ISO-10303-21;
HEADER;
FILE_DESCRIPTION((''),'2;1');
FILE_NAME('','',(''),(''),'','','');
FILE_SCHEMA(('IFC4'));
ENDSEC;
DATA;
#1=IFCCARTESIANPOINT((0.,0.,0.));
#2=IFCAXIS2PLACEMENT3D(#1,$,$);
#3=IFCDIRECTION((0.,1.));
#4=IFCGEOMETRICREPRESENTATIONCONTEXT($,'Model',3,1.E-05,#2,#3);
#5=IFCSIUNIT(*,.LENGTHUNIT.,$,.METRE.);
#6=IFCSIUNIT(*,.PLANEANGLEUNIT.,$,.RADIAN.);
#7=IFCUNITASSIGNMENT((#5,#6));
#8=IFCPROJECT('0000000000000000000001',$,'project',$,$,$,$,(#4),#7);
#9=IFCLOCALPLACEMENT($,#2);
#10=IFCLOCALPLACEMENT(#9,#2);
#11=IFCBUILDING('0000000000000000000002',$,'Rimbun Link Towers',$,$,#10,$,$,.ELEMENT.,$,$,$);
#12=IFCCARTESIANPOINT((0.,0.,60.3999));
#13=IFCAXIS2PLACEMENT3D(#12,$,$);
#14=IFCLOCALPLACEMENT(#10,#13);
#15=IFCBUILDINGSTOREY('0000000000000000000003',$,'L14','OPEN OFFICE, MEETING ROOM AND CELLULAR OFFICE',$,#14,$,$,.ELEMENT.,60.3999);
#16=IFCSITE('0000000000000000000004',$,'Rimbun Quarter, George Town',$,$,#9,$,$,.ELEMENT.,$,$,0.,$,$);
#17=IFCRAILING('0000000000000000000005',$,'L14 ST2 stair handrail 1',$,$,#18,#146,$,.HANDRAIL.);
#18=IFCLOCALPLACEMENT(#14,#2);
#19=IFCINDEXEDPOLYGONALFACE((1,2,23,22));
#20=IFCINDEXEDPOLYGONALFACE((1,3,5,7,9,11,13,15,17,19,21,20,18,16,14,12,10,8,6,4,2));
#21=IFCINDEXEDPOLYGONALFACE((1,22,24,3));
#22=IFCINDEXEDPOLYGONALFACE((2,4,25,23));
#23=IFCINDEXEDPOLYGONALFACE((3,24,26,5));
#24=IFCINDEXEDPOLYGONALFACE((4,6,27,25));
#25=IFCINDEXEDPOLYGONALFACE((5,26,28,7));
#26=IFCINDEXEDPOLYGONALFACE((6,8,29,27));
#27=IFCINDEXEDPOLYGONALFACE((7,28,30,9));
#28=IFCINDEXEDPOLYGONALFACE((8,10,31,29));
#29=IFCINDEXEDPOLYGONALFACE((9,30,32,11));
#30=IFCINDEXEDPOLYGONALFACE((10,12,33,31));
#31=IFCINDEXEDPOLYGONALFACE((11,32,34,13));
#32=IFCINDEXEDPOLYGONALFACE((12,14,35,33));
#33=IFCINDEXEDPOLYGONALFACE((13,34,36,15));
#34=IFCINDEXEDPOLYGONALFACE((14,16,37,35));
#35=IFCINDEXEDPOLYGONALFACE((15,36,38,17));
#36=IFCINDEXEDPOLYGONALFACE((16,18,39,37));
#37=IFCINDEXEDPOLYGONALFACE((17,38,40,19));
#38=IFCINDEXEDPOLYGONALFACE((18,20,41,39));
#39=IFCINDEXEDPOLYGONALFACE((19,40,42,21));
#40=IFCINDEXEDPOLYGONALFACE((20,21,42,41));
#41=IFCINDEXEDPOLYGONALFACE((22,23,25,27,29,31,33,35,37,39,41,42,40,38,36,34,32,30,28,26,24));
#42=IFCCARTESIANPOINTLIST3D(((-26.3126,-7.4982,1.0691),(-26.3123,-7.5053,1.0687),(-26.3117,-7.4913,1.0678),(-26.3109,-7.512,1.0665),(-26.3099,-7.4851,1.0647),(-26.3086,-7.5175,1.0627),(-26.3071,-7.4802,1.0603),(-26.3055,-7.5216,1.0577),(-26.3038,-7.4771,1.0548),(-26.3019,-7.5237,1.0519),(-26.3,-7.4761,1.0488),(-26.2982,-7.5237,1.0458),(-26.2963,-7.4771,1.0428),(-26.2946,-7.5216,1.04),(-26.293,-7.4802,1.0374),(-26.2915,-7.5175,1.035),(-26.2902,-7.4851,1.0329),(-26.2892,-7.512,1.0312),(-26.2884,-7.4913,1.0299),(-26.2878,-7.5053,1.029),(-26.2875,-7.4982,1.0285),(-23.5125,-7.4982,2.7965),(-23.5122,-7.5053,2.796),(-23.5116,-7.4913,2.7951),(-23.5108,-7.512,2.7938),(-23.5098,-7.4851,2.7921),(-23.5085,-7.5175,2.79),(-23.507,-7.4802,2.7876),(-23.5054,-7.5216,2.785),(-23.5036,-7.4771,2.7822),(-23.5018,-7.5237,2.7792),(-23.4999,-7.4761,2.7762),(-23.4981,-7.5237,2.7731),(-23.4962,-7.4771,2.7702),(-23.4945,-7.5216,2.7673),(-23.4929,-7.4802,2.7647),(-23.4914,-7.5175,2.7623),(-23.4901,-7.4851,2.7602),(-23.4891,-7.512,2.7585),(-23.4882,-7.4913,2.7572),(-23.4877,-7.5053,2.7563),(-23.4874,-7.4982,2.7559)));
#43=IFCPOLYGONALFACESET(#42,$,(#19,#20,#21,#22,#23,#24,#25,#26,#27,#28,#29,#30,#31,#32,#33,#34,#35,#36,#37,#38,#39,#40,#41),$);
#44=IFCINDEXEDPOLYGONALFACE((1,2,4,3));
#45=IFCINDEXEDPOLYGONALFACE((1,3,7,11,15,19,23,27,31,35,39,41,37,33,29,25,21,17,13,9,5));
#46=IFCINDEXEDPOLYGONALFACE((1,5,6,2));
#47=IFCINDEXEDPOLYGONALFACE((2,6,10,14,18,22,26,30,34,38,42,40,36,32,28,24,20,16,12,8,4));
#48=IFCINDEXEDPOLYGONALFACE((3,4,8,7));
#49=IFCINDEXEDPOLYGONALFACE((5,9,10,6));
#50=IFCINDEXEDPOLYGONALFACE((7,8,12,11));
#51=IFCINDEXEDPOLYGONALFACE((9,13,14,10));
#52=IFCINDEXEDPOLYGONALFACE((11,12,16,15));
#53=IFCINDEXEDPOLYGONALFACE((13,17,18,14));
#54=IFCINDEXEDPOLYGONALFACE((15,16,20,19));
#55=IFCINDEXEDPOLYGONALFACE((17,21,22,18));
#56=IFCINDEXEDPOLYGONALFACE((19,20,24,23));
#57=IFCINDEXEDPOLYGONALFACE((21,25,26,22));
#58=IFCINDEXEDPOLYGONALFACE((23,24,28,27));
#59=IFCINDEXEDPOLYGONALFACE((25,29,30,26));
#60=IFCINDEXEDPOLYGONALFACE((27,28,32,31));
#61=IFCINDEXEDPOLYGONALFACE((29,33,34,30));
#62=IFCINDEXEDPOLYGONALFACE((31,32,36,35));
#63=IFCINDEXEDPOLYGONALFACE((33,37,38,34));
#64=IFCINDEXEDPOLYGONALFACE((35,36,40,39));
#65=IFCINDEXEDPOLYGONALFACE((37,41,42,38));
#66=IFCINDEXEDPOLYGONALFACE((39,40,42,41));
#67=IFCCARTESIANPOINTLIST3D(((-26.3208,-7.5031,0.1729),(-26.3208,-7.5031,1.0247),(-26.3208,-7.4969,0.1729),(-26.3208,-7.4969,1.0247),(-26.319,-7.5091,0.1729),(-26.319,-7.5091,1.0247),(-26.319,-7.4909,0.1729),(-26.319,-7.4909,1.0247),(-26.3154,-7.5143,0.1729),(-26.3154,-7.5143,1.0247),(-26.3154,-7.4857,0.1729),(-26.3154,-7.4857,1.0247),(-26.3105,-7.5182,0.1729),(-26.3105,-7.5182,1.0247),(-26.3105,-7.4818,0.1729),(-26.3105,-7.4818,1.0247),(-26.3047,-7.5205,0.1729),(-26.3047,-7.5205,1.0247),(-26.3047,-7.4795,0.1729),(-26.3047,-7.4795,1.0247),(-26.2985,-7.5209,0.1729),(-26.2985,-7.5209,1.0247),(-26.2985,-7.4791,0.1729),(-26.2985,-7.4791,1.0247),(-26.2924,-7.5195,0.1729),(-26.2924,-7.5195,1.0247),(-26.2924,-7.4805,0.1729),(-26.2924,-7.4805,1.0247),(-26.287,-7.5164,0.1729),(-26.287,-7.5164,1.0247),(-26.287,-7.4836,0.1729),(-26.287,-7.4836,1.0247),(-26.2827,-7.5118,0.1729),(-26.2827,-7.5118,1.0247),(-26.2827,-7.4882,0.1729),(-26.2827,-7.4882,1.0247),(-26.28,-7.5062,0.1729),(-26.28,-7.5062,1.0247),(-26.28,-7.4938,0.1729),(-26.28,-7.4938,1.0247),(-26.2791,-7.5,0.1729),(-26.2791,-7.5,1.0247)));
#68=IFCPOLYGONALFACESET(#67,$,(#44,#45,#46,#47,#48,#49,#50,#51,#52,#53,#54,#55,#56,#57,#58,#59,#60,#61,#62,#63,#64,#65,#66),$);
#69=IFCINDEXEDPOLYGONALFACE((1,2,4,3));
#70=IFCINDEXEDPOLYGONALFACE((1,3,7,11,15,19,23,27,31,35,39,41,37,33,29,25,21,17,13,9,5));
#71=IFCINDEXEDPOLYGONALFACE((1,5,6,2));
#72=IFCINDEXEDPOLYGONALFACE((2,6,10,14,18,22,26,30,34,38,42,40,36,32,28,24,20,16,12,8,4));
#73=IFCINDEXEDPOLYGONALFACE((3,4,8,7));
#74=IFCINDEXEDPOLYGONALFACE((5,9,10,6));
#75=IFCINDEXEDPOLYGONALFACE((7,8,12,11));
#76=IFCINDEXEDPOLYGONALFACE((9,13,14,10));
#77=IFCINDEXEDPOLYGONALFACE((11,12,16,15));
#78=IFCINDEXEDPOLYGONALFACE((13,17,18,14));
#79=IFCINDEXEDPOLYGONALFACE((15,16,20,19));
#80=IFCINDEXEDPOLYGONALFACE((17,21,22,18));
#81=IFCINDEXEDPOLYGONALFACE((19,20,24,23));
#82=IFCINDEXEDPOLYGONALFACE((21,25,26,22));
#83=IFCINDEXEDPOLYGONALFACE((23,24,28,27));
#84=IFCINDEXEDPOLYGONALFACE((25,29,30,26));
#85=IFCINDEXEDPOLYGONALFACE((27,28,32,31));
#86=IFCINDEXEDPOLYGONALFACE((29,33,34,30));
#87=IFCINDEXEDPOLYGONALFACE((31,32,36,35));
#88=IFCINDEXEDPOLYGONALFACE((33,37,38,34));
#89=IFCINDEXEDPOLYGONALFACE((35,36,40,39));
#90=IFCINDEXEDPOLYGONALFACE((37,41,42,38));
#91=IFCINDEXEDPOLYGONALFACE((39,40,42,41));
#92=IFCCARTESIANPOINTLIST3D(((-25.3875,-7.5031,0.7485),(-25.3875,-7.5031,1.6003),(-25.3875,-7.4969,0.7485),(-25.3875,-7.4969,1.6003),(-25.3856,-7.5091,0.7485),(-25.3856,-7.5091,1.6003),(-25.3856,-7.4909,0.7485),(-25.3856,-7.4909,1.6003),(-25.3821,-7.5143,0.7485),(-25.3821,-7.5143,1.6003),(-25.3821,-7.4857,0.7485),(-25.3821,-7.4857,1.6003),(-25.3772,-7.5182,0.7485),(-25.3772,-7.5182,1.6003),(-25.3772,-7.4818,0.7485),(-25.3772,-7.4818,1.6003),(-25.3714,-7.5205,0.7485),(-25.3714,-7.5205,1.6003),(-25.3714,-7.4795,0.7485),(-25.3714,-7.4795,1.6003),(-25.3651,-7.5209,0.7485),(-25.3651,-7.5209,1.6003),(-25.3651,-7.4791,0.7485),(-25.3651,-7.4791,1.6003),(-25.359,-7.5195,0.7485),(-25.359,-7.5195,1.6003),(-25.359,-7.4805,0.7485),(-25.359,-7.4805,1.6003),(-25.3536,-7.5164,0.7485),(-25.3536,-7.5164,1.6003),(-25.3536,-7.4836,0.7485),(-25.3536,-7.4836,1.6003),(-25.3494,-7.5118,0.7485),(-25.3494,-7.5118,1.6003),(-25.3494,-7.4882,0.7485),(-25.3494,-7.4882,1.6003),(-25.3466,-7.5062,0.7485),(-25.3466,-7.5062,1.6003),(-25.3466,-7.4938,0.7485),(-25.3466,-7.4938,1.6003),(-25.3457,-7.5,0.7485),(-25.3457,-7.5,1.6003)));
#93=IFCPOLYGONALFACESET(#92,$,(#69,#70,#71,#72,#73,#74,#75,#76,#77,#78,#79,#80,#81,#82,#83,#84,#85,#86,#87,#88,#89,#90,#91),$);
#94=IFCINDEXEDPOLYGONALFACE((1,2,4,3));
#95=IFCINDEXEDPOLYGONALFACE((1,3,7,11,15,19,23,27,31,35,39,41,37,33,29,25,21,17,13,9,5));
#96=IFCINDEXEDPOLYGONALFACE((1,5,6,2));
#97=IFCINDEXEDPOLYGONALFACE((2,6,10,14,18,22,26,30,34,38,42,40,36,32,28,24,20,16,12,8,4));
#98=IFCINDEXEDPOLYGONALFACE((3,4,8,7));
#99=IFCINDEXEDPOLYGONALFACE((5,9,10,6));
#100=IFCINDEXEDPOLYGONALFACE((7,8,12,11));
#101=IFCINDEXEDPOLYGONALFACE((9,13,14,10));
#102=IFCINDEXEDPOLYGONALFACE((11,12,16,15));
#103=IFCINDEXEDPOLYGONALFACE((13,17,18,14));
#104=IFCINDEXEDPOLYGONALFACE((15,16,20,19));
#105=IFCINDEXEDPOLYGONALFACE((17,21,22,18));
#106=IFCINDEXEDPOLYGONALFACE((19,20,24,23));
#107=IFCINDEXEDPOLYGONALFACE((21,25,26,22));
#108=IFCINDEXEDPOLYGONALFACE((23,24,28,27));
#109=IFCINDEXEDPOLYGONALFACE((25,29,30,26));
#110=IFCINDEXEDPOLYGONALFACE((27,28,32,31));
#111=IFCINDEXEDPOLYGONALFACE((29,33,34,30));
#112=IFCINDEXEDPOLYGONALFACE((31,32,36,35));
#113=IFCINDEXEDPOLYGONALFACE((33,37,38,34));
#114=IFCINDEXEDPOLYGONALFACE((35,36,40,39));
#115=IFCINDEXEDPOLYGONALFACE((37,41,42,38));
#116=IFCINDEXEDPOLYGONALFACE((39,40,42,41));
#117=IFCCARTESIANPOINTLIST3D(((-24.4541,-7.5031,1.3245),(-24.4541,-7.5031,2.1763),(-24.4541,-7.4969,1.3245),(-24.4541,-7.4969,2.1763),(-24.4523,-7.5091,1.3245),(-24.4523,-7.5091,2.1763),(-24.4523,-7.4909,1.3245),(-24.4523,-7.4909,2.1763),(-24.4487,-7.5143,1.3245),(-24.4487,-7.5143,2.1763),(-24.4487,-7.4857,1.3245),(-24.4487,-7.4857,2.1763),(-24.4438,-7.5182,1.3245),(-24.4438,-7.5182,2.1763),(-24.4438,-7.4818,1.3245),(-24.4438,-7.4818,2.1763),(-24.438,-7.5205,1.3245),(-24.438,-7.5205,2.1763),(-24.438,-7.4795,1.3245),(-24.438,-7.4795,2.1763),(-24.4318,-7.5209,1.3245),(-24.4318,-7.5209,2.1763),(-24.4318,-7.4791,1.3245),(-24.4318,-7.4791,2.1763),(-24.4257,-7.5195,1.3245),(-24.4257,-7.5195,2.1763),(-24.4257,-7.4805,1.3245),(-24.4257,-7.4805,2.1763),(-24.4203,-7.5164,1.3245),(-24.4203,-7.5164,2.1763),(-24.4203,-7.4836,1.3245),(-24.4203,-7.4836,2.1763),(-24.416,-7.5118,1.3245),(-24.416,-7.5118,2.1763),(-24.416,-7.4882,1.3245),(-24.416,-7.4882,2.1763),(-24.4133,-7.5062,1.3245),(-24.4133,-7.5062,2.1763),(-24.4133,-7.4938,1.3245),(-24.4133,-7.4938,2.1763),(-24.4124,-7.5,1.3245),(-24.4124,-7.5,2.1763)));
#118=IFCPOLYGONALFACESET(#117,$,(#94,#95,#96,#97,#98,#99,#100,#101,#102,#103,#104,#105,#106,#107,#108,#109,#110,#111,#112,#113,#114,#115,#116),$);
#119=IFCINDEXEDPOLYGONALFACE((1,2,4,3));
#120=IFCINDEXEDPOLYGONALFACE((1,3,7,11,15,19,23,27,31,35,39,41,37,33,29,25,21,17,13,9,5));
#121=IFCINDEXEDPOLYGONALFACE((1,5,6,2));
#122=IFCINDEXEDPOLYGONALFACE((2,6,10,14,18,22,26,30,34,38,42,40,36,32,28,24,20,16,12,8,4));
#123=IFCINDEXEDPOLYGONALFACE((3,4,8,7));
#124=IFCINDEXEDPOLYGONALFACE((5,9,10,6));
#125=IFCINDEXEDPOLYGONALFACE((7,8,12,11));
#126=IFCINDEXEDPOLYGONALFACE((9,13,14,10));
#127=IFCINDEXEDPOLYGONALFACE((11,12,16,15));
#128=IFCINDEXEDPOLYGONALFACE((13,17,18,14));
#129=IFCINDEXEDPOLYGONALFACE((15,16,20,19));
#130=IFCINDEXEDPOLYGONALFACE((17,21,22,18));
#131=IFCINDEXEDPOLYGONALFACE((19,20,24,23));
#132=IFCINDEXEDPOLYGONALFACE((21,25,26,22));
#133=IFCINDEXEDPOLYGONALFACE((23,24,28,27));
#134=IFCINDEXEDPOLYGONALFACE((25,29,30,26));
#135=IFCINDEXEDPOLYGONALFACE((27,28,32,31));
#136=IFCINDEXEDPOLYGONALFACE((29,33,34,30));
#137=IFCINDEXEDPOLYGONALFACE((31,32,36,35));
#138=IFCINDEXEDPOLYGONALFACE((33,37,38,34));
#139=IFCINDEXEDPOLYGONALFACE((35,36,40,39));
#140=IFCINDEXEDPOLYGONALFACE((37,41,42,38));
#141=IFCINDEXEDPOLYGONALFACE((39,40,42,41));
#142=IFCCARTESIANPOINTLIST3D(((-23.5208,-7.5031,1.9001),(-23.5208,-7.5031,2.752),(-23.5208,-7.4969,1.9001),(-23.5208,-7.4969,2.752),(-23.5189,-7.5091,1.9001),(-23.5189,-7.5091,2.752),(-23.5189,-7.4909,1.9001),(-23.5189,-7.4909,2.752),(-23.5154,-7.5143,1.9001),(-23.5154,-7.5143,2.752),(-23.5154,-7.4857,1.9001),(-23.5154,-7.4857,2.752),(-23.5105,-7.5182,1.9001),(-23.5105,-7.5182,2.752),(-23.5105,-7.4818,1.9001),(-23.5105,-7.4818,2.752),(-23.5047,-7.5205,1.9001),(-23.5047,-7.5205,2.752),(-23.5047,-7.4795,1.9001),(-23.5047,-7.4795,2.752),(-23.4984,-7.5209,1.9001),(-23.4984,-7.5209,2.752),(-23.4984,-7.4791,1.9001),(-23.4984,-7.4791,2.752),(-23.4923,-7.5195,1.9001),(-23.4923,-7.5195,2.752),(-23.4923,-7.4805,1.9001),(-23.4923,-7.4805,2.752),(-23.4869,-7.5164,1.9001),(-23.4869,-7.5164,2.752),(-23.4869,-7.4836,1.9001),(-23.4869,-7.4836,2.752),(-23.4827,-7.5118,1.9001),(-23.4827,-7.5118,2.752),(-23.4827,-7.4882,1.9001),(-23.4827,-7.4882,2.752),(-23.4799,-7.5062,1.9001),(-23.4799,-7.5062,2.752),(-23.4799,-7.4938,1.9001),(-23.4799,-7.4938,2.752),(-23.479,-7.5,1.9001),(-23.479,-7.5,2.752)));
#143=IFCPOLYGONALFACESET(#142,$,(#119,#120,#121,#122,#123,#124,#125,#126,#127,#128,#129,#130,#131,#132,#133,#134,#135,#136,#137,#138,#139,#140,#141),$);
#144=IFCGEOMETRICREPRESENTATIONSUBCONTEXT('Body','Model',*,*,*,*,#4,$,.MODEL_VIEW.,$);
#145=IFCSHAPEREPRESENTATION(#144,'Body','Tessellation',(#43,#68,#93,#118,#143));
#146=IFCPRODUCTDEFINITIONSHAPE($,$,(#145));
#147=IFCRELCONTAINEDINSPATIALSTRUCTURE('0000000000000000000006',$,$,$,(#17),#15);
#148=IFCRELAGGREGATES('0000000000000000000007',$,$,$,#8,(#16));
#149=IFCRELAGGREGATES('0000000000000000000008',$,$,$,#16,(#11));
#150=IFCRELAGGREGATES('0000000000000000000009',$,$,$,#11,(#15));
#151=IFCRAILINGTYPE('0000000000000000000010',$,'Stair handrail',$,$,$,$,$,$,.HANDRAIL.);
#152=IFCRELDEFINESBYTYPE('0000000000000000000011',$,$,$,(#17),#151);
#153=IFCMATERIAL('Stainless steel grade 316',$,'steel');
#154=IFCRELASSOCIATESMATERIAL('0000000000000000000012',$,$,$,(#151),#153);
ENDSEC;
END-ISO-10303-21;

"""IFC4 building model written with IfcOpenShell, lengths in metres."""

from ifc_helpers import new_model, si_unit, direction, frame, origin, origin_2d, place, context, subcontext, project, spatial, circle, extrude, material, type_object, element, save


model = new_model("IFC4")

# Units and contexts
model_context = context("Model", 3, precision=1e-05, world=origin(), true_north=direction((0.0, 1.0)))
body_context = subcontext(model_context, "Body", "Model", "MODEL_VIEW")
ifc_project = project(units=[si_unit("LENGTHUNIT", "METRE"), si_unit("PLANEANGLEUNIT", "RADIAN")], contexts=[model_context])

# Site, building, storey
site_placement = place(None, origin())
site = spatial("IfcSite", under=ifc_project, at=site_placement, Name="Rimbun Quarter, George Town", CompositionType="ELEMENT", RefElevation=0.0)
building_placement = place(site_placement, origin())
building = spatial("IfcBuilding", under=site, at=building_placement, Name="Rimbun Link Towers", CompositionType="ELEMENT")
storey_placement = place(building_placement, frame((0.0, 0.0, 60.3999)))
storey = spatial("IfcBuildingStorey", under=building, at=storey_placement, Name="L14", Description="OPEN OFFICE, MEETING ROOM AND CELLULAR OFFICE", CompositionType="ELEMENT", Elevation=60.3999)

# Railing
ifc_material_1 = material(Name="Stainless steel grade 316", Category="steel")
railing_type_1 = type_object("IfcRailingType", Name="Stair handrail", PredefinedType="HANDRAIL", material=ifc_material_1)
railing_1_placement = place(storey_placement, frame((-26.3, -7.5, 0.1729)))
element("IfcRailing", 1, at=railing_1_placement, inside=storey, type_object=railing_type_1, Name="L14 ST2 stair handrail 1", PredefinedType="HANDRAIL", context=body_context, shape_type="SweptSolid", body=[
    extrude(circle(Radius=0.0239, at=origin_2d()), frame((0.0, 0.0, 0.876), z_axis=(0.85109, 0.0, 0.52502), x_axis=(0.0, 1.0, 0.0)), (0.0, 0.0, 1.0), 3.29),
    extrude(circle(Radius=0.021, at=origin_2d()), origin(), (0.0, 0.0, 1.0), 0.8518),
    extrude(circle(Radius=0.021, at=origin_2d()), frame((0.9333, 0.0, 0.5757)), (0.0, 0.0, 1.0), 0.8518),
    extrude(circle(Radius=0.021, at=origin_2d()), frame((1.8667, 0.0, 1.1516)), (0.0, 0.0, 1.0), 0.8518),
    extrude(circle(Radius=0.021, at=origin_2d()), frame((2.8, 0.0, 1.7273)), (0.0, 0.0, 1.0), 0.8518),
])

save(model, "model.ifc")
